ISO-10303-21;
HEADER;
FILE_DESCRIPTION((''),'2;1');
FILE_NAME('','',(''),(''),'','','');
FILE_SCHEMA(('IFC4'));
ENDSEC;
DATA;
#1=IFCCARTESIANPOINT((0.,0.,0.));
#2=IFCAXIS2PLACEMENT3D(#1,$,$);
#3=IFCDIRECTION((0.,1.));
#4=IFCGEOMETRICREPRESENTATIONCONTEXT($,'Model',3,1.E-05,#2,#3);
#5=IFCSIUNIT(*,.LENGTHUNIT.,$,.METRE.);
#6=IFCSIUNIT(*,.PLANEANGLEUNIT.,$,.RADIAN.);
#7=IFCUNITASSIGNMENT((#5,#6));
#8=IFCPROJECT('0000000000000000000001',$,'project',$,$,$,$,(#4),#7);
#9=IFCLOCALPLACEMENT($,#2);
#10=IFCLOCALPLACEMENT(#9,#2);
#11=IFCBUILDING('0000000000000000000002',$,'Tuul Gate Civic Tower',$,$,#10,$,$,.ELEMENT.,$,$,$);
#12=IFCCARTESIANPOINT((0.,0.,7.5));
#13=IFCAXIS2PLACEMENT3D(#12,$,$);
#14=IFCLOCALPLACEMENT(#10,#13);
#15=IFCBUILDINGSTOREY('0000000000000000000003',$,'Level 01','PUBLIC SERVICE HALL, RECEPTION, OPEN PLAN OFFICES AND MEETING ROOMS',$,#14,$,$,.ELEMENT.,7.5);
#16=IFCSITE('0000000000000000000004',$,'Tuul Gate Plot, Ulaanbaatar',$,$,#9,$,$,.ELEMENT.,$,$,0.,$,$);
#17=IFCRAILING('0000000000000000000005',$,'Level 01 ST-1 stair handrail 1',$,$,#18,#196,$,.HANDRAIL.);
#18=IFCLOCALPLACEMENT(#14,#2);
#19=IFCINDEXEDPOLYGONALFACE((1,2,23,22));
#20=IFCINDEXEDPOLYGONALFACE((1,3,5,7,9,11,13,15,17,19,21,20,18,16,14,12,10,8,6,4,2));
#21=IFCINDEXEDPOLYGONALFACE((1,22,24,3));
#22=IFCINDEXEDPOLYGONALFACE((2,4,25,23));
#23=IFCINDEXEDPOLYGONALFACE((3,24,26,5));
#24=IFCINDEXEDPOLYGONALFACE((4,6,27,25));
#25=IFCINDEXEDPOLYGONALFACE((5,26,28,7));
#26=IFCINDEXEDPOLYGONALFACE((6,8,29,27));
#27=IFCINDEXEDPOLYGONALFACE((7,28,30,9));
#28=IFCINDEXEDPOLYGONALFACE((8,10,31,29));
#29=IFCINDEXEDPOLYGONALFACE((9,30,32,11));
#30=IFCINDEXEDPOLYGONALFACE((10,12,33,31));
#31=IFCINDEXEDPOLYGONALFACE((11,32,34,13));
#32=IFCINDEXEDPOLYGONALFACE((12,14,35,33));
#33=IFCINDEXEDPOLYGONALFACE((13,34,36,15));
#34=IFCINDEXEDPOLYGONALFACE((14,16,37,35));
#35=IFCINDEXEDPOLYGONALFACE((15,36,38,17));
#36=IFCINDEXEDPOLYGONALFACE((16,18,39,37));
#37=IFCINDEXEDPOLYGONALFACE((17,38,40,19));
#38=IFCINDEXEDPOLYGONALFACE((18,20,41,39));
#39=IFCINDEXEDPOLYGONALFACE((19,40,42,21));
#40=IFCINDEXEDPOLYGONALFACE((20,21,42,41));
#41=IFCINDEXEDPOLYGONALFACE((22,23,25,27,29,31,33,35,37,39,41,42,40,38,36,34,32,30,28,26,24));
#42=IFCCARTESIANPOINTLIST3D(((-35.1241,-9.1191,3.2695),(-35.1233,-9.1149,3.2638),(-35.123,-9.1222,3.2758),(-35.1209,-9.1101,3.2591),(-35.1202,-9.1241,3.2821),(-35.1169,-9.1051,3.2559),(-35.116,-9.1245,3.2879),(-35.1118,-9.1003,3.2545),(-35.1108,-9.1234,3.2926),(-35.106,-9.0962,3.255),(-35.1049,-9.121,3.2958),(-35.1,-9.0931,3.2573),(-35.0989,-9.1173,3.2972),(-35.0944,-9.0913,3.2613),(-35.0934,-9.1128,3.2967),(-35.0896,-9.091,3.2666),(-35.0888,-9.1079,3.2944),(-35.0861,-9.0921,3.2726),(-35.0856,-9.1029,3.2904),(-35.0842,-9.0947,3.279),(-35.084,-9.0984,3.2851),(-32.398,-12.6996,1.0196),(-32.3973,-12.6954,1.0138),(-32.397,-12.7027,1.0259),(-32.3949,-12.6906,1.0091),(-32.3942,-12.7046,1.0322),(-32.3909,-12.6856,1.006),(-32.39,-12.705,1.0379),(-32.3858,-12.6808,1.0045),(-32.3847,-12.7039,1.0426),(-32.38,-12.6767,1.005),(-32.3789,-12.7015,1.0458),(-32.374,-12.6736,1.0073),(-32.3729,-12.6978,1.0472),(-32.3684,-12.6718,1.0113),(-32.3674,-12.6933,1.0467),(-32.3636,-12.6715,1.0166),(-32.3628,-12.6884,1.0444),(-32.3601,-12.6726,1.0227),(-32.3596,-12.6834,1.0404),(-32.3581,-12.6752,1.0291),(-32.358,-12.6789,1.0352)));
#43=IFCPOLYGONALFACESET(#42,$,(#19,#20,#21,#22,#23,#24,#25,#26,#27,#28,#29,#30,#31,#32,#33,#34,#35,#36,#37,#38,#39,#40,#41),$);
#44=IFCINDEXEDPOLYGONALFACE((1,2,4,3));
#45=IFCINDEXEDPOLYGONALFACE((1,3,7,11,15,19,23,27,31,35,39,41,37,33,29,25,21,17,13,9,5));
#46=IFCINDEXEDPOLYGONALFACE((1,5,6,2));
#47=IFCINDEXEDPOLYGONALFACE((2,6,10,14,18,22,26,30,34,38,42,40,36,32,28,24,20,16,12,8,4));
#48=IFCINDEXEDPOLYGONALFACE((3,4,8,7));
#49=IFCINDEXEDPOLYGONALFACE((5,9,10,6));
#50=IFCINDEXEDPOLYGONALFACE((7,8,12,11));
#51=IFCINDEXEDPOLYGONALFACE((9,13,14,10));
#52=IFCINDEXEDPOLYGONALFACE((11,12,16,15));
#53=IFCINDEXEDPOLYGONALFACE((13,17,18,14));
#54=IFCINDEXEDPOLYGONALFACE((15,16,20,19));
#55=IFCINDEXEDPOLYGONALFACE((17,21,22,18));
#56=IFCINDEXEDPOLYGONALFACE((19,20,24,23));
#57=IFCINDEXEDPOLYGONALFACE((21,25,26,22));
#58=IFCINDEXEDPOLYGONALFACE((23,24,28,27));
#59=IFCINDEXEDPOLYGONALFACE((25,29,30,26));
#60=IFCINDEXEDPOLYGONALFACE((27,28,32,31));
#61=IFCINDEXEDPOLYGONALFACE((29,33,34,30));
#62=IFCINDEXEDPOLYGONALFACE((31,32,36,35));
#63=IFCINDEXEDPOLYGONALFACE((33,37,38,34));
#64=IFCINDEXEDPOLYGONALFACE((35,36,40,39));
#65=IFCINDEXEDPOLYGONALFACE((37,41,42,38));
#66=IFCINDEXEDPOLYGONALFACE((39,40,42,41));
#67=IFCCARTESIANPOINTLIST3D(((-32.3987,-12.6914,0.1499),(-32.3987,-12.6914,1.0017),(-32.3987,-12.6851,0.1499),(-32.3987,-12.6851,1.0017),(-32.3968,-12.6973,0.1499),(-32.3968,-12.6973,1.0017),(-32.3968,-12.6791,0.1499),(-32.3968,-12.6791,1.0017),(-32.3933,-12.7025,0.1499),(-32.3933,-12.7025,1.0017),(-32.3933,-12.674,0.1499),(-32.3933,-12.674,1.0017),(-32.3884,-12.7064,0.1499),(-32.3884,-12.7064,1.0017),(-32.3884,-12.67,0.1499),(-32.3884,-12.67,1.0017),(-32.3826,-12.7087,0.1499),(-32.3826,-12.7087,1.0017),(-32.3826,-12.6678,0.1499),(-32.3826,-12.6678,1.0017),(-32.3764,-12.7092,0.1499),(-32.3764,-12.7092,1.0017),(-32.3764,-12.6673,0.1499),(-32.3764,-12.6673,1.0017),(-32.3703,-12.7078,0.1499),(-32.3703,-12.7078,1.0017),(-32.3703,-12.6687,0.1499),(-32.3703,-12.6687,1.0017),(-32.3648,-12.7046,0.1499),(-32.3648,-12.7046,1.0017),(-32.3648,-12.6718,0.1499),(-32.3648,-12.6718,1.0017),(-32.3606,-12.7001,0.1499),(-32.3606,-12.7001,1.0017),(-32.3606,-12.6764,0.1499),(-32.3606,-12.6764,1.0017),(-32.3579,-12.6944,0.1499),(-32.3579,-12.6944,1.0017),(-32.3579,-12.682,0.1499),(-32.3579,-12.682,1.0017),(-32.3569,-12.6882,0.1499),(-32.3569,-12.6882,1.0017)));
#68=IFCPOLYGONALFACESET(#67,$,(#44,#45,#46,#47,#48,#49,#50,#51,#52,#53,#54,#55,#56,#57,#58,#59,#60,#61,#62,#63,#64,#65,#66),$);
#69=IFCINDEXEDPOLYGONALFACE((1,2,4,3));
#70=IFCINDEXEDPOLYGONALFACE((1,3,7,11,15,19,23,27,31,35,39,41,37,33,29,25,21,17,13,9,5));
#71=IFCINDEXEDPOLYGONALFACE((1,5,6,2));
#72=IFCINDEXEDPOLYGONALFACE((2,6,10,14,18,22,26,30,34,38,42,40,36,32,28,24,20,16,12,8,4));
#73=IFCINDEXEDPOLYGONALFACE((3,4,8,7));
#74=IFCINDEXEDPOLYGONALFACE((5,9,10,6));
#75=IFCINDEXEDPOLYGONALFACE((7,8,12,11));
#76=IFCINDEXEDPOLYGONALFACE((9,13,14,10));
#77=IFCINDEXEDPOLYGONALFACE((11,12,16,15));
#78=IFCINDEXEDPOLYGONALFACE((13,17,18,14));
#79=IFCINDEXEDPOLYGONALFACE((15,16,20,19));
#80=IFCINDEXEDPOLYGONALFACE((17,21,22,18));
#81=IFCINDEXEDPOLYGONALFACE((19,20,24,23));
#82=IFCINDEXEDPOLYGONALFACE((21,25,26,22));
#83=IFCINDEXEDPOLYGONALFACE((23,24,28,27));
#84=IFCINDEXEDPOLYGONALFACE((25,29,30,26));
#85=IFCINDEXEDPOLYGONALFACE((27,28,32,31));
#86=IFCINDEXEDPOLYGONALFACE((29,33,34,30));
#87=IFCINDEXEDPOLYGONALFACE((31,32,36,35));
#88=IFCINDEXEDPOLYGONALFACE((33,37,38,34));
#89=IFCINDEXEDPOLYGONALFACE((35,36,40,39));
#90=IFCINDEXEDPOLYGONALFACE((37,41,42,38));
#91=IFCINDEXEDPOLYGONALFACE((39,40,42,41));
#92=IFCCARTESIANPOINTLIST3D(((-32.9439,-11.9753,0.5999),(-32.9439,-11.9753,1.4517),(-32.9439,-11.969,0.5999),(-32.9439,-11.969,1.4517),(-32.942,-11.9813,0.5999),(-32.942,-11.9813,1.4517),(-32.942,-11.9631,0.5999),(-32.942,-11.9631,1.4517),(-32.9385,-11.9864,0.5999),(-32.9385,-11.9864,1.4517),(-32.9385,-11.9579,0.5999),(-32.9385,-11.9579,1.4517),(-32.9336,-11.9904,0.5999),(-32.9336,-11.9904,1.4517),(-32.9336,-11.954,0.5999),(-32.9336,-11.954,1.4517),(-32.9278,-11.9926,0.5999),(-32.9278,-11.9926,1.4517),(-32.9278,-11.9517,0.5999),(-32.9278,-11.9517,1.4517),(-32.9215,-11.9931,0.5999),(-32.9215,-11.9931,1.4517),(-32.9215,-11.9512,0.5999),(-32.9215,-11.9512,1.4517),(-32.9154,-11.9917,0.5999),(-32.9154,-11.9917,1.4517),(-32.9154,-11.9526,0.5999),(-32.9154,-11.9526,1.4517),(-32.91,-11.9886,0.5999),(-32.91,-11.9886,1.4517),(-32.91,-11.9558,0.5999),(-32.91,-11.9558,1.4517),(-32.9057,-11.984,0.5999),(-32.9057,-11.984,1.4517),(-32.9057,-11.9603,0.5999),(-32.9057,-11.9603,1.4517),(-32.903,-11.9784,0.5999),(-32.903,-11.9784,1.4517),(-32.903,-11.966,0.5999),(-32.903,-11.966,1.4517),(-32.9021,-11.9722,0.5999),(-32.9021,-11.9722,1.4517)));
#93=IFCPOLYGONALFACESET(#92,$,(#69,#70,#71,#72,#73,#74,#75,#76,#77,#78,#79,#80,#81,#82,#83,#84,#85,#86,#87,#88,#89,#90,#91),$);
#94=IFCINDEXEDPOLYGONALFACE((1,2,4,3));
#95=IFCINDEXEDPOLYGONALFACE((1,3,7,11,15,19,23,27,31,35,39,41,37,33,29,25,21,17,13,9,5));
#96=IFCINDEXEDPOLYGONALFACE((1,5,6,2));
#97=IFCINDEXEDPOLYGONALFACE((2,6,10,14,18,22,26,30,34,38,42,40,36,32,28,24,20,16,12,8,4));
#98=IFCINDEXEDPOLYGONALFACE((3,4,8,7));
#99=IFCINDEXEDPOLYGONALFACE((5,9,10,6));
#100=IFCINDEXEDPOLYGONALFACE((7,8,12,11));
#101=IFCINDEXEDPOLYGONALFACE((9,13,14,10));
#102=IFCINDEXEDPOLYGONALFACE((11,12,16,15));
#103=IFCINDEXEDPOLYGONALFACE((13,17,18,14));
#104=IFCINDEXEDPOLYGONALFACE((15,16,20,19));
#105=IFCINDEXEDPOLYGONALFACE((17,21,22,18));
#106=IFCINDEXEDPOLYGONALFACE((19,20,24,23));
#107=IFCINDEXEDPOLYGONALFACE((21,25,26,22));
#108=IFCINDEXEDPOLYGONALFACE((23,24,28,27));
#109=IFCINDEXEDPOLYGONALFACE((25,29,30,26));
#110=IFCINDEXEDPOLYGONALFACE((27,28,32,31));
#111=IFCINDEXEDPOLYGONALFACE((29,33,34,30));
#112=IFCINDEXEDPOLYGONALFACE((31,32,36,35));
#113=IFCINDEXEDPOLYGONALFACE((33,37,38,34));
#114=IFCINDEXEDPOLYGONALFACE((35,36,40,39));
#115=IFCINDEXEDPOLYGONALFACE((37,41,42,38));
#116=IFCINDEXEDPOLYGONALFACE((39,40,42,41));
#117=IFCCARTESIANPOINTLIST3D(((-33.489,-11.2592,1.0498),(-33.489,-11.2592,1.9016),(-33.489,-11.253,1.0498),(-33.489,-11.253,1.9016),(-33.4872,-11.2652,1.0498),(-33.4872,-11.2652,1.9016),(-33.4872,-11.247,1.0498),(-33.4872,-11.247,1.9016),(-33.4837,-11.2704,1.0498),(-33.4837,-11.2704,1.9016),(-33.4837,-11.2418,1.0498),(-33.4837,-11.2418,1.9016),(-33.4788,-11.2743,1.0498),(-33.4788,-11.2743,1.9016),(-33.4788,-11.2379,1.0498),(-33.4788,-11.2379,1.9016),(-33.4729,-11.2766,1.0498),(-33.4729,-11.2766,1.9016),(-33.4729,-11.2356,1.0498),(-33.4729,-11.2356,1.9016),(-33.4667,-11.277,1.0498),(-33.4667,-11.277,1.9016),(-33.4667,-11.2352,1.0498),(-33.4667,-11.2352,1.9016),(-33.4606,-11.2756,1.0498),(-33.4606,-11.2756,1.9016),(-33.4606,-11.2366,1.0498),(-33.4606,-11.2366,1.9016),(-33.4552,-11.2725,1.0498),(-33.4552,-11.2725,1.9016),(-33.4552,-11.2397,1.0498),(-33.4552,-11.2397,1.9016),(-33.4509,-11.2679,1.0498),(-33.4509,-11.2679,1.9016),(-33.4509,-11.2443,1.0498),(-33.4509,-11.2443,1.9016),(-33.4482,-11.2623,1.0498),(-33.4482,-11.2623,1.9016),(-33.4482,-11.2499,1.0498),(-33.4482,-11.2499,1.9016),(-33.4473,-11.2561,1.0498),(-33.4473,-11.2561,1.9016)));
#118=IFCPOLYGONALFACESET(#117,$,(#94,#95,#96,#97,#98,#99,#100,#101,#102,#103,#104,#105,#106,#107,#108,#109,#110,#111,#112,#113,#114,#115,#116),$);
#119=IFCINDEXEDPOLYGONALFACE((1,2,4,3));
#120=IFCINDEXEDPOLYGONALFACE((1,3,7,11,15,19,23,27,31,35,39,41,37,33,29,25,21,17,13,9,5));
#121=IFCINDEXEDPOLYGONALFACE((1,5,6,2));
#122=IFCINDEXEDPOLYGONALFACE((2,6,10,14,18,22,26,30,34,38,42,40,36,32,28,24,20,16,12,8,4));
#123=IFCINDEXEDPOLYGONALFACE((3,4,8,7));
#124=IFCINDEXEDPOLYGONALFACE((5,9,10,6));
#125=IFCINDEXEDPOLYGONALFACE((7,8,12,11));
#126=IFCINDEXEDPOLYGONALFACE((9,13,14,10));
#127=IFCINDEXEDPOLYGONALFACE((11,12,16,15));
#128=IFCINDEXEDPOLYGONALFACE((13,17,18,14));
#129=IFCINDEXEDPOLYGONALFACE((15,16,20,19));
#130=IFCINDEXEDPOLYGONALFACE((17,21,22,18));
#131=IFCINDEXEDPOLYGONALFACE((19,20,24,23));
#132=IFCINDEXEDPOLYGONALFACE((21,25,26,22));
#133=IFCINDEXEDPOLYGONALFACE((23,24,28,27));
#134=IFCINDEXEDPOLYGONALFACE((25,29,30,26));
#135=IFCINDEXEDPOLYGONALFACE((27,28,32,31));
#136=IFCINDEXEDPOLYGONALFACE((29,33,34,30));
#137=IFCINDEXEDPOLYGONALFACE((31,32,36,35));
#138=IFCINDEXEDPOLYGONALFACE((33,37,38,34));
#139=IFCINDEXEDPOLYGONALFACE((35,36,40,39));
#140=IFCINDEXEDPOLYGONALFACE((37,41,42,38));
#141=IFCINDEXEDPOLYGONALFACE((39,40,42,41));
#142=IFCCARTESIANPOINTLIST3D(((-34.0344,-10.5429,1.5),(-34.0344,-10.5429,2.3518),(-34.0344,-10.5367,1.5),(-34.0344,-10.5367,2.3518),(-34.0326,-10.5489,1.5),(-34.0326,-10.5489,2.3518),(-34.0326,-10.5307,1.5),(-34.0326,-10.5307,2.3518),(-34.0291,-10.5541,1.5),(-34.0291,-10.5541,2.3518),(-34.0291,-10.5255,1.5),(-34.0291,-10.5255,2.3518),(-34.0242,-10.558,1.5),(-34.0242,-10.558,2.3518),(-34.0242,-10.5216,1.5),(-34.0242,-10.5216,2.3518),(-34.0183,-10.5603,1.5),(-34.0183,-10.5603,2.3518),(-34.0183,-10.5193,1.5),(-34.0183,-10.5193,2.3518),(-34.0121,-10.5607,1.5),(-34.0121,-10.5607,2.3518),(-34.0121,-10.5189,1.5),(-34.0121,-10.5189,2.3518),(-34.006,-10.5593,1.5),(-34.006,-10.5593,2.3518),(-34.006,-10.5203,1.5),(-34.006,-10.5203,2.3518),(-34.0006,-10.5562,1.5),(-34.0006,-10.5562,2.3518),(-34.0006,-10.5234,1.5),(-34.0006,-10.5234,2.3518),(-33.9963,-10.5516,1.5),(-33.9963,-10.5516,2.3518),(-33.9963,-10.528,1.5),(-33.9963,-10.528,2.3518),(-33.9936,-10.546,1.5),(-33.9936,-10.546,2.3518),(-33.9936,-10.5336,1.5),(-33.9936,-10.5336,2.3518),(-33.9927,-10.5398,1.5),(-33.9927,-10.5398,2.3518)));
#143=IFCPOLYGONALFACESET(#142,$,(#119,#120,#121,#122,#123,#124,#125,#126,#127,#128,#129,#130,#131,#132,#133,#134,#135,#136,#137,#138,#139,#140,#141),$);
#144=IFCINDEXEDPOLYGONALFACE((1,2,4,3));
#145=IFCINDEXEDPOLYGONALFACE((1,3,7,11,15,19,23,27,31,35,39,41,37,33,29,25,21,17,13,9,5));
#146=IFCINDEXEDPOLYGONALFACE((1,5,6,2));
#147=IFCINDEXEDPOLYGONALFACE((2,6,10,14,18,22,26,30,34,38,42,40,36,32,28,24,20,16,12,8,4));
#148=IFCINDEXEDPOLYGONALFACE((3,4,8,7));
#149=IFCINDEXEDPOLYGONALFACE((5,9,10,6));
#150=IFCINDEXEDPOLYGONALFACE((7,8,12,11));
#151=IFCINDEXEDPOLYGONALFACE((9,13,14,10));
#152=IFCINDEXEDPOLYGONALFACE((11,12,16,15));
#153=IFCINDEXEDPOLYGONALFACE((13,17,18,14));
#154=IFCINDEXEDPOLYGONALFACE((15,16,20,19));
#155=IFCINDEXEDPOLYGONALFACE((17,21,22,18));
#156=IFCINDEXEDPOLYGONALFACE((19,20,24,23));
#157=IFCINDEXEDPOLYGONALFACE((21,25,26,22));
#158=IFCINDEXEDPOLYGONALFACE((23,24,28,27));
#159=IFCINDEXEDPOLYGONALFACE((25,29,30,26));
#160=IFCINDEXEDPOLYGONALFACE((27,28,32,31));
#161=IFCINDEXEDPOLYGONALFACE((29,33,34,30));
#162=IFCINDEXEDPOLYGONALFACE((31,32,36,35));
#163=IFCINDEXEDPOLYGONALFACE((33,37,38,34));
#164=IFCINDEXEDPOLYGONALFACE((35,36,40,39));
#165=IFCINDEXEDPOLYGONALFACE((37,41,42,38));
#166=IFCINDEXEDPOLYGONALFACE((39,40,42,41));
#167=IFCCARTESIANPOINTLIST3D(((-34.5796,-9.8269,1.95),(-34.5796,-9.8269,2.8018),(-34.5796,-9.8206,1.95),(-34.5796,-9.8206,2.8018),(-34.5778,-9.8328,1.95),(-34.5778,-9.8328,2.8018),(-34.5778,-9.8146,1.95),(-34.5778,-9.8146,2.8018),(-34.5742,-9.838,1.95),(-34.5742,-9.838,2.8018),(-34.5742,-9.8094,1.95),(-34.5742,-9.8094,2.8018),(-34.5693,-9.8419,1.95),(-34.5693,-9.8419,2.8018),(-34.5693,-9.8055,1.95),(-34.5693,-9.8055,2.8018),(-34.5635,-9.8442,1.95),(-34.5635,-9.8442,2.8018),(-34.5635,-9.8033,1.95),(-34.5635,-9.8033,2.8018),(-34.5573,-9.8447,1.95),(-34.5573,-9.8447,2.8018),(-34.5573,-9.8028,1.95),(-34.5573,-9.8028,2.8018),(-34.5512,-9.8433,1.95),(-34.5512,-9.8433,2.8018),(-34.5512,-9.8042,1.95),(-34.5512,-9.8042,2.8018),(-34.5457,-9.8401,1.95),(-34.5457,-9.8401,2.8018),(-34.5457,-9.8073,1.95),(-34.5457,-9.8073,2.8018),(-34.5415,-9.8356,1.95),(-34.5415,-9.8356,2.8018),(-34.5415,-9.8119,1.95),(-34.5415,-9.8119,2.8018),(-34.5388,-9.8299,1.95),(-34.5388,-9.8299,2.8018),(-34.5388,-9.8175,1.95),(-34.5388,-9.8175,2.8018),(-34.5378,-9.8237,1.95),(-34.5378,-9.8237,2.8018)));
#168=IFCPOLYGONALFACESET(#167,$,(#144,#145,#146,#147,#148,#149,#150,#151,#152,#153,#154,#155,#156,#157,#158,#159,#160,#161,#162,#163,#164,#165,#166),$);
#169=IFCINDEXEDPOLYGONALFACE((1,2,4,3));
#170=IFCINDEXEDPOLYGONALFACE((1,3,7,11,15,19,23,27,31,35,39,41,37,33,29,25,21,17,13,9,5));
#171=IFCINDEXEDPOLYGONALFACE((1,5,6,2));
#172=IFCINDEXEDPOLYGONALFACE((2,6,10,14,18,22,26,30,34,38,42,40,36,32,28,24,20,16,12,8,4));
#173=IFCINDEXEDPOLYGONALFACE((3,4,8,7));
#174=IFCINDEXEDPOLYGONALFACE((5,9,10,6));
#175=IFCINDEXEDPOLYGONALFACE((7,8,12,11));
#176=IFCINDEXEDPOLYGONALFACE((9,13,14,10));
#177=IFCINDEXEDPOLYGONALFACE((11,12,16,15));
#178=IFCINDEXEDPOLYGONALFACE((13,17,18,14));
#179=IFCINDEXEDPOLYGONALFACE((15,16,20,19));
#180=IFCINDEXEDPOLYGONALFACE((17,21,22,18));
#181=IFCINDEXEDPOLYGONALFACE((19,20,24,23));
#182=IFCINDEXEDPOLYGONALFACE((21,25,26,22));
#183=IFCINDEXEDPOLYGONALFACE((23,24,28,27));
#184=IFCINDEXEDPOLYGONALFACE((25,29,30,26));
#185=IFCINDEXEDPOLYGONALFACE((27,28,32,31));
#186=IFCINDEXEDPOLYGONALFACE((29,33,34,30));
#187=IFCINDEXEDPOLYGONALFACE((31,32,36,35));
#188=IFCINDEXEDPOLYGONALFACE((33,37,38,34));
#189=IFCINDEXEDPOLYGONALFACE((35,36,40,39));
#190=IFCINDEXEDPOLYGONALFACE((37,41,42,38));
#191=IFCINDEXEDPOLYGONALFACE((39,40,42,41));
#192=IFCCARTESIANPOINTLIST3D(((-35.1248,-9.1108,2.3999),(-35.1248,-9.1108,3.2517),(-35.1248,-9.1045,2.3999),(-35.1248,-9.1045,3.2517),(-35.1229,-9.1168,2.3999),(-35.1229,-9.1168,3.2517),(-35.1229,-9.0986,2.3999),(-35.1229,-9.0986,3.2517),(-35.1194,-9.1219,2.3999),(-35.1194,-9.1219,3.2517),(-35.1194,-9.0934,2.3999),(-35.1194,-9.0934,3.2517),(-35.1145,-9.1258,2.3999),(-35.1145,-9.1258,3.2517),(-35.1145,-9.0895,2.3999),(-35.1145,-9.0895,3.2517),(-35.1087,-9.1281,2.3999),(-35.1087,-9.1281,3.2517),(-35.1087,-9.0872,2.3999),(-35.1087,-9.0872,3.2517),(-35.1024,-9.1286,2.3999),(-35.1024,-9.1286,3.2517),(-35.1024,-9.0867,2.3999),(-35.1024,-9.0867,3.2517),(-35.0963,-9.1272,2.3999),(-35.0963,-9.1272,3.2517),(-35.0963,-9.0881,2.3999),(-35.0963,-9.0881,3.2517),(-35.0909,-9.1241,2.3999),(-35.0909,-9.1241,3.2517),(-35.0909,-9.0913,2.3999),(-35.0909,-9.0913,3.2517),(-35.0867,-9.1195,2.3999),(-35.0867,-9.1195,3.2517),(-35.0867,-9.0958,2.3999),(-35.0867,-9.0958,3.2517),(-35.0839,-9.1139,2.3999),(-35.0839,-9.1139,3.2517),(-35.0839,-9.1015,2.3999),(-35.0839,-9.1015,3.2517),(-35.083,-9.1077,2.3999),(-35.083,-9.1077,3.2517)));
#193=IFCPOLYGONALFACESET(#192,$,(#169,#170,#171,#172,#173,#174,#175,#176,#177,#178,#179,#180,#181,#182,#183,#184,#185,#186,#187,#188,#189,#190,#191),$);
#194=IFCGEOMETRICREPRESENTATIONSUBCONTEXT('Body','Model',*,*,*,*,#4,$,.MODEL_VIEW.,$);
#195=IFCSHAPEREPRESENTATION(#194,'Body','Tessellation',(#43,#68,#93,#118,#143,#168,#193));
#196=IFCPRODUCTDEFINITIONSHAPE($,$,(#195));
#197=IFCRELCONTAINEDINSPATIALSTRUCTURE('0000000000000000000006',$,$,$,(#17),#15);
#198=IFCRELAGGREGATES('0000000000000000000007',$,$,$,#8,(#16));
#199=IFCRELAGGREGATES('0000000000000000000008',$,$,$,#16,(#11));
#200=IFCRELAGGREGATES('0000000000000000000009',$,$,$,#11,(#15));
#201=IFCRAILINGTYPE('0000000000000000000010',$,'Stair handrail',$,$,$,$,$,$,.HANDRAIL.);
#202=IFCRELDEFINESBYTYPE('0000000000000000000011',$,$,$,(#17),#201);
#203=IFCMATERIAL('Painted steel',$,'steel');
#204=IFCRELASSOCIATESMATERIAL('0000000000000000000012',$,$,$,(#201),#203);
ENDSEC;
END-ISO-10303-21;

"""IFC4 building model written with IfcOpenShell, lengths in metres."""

from ifc_helpers import new_model, si_unit, direction, frame, origin, origin_2d, place, context, subcontext, project, spatial, circle, extrude, material, type_object, element, save


model = new_model("IFC4")

# Units and contexts
model_context = context("Model", 3, precision=1e-05, world=origin(), true_north=direction((0.0, 1.0)))
body_context = subcontext(model_context, "Body", "Model", "MODEL_VIEW")
ifc_project = project(units=[si_unit("LENGTHUNIT", "METRE"), si_unit("PLANEANGLEUNIT", "RADIAN")], contexts=[model_context])

# Site, building, storey
site_placement = place(None, origin())
site = spatial("IfcSite", under=ifc_project, at=site_placement, Name="Tuul Gate Plot, Ulaanbaatar", CompositionType="ELEMENT", RefElevation=0.0)
building_placement = place(site_placement, origin())
building = spatial("IfcBuilding", under=site, at=building_placement, Name="Tuul Gate Civic Tower", CompositionType="ELEMENT")
storey_placement = place(building_placement, frame((0.0, 0.0, 7.5)))
storey = spatial("IfcBuildingStorey", under=building, at=storey_placement, Name="Level 01", Description="PUBLIC SERVICE HALL, RECEPTION, OPEN PLAN OFFICES AND MEETING ROOMS", CompositionType="ELEMENT", Elevation=7.5)

# Railing
ifc_material_1 = material(Name="Painted steel", Category="steel")
railing_type_1 = type_object("IfcRailingType", Name="Stair handrail", PredefinedType="HANDRAIL", material=ifc_material_1)
railing_1_placement = place(storey_placement, frame((-32.3779, -12.6882, 0.1499)))
element("IfcRailing", 1, at=railing_1_placement, inside=storey, type_object=railing_type_1, Name="Level 01 ST-1 stair handrail 1", PredefinedType="HANDRAIL", context=body_context, shape_type="SweptSolid", body=[
    extrude(circle(Radius=0.0239, at=origin_2d()), frame((0.0, 0.0, 0.876), z_axis=(-0.541818, 0.711652, 0.447196), x_axis=(-0.795643, -0.605765, 0.0)), (0.0, 0.0, 1.0), 5.0312),
    extrude(circle(Radius=0.021, at=origin_2d()), origin(), (0.0, 0.0, 1.0), 0.8518),
    extrude(circle(Radius=0.021, at=origin_2d()), frame((-0.5452, 0.7161, 0.45)), (0.0, 0.0, 1.0), 0.8518),
    extrude(circle(Radius=0.021, at=origin_2d()), frame((-1.0903, 1.4321, 0.8999)), (0.0, 0.0, 1.0), 0.8518),
    extrude(circle(Radius=0.021, at=origin_2d()), frame((-1.6357, 2.1484, 1.3501)), (0.0, 0.0, 1.0), 0.8518),
    extrude(circle(Radius=0.021, at=origin_2d()), frame((-2.1809, 2.8645, 1.8)), (0.0, 0.0, 1.0), 0.8518),
    extrude(circle(Radius=0.021, at=origin_2d()), frame((-2.7261, 3.5806, 2.25)), (0.0, 0.0, 1.0), 0.8518),
])

save(model, "model.ifc")
